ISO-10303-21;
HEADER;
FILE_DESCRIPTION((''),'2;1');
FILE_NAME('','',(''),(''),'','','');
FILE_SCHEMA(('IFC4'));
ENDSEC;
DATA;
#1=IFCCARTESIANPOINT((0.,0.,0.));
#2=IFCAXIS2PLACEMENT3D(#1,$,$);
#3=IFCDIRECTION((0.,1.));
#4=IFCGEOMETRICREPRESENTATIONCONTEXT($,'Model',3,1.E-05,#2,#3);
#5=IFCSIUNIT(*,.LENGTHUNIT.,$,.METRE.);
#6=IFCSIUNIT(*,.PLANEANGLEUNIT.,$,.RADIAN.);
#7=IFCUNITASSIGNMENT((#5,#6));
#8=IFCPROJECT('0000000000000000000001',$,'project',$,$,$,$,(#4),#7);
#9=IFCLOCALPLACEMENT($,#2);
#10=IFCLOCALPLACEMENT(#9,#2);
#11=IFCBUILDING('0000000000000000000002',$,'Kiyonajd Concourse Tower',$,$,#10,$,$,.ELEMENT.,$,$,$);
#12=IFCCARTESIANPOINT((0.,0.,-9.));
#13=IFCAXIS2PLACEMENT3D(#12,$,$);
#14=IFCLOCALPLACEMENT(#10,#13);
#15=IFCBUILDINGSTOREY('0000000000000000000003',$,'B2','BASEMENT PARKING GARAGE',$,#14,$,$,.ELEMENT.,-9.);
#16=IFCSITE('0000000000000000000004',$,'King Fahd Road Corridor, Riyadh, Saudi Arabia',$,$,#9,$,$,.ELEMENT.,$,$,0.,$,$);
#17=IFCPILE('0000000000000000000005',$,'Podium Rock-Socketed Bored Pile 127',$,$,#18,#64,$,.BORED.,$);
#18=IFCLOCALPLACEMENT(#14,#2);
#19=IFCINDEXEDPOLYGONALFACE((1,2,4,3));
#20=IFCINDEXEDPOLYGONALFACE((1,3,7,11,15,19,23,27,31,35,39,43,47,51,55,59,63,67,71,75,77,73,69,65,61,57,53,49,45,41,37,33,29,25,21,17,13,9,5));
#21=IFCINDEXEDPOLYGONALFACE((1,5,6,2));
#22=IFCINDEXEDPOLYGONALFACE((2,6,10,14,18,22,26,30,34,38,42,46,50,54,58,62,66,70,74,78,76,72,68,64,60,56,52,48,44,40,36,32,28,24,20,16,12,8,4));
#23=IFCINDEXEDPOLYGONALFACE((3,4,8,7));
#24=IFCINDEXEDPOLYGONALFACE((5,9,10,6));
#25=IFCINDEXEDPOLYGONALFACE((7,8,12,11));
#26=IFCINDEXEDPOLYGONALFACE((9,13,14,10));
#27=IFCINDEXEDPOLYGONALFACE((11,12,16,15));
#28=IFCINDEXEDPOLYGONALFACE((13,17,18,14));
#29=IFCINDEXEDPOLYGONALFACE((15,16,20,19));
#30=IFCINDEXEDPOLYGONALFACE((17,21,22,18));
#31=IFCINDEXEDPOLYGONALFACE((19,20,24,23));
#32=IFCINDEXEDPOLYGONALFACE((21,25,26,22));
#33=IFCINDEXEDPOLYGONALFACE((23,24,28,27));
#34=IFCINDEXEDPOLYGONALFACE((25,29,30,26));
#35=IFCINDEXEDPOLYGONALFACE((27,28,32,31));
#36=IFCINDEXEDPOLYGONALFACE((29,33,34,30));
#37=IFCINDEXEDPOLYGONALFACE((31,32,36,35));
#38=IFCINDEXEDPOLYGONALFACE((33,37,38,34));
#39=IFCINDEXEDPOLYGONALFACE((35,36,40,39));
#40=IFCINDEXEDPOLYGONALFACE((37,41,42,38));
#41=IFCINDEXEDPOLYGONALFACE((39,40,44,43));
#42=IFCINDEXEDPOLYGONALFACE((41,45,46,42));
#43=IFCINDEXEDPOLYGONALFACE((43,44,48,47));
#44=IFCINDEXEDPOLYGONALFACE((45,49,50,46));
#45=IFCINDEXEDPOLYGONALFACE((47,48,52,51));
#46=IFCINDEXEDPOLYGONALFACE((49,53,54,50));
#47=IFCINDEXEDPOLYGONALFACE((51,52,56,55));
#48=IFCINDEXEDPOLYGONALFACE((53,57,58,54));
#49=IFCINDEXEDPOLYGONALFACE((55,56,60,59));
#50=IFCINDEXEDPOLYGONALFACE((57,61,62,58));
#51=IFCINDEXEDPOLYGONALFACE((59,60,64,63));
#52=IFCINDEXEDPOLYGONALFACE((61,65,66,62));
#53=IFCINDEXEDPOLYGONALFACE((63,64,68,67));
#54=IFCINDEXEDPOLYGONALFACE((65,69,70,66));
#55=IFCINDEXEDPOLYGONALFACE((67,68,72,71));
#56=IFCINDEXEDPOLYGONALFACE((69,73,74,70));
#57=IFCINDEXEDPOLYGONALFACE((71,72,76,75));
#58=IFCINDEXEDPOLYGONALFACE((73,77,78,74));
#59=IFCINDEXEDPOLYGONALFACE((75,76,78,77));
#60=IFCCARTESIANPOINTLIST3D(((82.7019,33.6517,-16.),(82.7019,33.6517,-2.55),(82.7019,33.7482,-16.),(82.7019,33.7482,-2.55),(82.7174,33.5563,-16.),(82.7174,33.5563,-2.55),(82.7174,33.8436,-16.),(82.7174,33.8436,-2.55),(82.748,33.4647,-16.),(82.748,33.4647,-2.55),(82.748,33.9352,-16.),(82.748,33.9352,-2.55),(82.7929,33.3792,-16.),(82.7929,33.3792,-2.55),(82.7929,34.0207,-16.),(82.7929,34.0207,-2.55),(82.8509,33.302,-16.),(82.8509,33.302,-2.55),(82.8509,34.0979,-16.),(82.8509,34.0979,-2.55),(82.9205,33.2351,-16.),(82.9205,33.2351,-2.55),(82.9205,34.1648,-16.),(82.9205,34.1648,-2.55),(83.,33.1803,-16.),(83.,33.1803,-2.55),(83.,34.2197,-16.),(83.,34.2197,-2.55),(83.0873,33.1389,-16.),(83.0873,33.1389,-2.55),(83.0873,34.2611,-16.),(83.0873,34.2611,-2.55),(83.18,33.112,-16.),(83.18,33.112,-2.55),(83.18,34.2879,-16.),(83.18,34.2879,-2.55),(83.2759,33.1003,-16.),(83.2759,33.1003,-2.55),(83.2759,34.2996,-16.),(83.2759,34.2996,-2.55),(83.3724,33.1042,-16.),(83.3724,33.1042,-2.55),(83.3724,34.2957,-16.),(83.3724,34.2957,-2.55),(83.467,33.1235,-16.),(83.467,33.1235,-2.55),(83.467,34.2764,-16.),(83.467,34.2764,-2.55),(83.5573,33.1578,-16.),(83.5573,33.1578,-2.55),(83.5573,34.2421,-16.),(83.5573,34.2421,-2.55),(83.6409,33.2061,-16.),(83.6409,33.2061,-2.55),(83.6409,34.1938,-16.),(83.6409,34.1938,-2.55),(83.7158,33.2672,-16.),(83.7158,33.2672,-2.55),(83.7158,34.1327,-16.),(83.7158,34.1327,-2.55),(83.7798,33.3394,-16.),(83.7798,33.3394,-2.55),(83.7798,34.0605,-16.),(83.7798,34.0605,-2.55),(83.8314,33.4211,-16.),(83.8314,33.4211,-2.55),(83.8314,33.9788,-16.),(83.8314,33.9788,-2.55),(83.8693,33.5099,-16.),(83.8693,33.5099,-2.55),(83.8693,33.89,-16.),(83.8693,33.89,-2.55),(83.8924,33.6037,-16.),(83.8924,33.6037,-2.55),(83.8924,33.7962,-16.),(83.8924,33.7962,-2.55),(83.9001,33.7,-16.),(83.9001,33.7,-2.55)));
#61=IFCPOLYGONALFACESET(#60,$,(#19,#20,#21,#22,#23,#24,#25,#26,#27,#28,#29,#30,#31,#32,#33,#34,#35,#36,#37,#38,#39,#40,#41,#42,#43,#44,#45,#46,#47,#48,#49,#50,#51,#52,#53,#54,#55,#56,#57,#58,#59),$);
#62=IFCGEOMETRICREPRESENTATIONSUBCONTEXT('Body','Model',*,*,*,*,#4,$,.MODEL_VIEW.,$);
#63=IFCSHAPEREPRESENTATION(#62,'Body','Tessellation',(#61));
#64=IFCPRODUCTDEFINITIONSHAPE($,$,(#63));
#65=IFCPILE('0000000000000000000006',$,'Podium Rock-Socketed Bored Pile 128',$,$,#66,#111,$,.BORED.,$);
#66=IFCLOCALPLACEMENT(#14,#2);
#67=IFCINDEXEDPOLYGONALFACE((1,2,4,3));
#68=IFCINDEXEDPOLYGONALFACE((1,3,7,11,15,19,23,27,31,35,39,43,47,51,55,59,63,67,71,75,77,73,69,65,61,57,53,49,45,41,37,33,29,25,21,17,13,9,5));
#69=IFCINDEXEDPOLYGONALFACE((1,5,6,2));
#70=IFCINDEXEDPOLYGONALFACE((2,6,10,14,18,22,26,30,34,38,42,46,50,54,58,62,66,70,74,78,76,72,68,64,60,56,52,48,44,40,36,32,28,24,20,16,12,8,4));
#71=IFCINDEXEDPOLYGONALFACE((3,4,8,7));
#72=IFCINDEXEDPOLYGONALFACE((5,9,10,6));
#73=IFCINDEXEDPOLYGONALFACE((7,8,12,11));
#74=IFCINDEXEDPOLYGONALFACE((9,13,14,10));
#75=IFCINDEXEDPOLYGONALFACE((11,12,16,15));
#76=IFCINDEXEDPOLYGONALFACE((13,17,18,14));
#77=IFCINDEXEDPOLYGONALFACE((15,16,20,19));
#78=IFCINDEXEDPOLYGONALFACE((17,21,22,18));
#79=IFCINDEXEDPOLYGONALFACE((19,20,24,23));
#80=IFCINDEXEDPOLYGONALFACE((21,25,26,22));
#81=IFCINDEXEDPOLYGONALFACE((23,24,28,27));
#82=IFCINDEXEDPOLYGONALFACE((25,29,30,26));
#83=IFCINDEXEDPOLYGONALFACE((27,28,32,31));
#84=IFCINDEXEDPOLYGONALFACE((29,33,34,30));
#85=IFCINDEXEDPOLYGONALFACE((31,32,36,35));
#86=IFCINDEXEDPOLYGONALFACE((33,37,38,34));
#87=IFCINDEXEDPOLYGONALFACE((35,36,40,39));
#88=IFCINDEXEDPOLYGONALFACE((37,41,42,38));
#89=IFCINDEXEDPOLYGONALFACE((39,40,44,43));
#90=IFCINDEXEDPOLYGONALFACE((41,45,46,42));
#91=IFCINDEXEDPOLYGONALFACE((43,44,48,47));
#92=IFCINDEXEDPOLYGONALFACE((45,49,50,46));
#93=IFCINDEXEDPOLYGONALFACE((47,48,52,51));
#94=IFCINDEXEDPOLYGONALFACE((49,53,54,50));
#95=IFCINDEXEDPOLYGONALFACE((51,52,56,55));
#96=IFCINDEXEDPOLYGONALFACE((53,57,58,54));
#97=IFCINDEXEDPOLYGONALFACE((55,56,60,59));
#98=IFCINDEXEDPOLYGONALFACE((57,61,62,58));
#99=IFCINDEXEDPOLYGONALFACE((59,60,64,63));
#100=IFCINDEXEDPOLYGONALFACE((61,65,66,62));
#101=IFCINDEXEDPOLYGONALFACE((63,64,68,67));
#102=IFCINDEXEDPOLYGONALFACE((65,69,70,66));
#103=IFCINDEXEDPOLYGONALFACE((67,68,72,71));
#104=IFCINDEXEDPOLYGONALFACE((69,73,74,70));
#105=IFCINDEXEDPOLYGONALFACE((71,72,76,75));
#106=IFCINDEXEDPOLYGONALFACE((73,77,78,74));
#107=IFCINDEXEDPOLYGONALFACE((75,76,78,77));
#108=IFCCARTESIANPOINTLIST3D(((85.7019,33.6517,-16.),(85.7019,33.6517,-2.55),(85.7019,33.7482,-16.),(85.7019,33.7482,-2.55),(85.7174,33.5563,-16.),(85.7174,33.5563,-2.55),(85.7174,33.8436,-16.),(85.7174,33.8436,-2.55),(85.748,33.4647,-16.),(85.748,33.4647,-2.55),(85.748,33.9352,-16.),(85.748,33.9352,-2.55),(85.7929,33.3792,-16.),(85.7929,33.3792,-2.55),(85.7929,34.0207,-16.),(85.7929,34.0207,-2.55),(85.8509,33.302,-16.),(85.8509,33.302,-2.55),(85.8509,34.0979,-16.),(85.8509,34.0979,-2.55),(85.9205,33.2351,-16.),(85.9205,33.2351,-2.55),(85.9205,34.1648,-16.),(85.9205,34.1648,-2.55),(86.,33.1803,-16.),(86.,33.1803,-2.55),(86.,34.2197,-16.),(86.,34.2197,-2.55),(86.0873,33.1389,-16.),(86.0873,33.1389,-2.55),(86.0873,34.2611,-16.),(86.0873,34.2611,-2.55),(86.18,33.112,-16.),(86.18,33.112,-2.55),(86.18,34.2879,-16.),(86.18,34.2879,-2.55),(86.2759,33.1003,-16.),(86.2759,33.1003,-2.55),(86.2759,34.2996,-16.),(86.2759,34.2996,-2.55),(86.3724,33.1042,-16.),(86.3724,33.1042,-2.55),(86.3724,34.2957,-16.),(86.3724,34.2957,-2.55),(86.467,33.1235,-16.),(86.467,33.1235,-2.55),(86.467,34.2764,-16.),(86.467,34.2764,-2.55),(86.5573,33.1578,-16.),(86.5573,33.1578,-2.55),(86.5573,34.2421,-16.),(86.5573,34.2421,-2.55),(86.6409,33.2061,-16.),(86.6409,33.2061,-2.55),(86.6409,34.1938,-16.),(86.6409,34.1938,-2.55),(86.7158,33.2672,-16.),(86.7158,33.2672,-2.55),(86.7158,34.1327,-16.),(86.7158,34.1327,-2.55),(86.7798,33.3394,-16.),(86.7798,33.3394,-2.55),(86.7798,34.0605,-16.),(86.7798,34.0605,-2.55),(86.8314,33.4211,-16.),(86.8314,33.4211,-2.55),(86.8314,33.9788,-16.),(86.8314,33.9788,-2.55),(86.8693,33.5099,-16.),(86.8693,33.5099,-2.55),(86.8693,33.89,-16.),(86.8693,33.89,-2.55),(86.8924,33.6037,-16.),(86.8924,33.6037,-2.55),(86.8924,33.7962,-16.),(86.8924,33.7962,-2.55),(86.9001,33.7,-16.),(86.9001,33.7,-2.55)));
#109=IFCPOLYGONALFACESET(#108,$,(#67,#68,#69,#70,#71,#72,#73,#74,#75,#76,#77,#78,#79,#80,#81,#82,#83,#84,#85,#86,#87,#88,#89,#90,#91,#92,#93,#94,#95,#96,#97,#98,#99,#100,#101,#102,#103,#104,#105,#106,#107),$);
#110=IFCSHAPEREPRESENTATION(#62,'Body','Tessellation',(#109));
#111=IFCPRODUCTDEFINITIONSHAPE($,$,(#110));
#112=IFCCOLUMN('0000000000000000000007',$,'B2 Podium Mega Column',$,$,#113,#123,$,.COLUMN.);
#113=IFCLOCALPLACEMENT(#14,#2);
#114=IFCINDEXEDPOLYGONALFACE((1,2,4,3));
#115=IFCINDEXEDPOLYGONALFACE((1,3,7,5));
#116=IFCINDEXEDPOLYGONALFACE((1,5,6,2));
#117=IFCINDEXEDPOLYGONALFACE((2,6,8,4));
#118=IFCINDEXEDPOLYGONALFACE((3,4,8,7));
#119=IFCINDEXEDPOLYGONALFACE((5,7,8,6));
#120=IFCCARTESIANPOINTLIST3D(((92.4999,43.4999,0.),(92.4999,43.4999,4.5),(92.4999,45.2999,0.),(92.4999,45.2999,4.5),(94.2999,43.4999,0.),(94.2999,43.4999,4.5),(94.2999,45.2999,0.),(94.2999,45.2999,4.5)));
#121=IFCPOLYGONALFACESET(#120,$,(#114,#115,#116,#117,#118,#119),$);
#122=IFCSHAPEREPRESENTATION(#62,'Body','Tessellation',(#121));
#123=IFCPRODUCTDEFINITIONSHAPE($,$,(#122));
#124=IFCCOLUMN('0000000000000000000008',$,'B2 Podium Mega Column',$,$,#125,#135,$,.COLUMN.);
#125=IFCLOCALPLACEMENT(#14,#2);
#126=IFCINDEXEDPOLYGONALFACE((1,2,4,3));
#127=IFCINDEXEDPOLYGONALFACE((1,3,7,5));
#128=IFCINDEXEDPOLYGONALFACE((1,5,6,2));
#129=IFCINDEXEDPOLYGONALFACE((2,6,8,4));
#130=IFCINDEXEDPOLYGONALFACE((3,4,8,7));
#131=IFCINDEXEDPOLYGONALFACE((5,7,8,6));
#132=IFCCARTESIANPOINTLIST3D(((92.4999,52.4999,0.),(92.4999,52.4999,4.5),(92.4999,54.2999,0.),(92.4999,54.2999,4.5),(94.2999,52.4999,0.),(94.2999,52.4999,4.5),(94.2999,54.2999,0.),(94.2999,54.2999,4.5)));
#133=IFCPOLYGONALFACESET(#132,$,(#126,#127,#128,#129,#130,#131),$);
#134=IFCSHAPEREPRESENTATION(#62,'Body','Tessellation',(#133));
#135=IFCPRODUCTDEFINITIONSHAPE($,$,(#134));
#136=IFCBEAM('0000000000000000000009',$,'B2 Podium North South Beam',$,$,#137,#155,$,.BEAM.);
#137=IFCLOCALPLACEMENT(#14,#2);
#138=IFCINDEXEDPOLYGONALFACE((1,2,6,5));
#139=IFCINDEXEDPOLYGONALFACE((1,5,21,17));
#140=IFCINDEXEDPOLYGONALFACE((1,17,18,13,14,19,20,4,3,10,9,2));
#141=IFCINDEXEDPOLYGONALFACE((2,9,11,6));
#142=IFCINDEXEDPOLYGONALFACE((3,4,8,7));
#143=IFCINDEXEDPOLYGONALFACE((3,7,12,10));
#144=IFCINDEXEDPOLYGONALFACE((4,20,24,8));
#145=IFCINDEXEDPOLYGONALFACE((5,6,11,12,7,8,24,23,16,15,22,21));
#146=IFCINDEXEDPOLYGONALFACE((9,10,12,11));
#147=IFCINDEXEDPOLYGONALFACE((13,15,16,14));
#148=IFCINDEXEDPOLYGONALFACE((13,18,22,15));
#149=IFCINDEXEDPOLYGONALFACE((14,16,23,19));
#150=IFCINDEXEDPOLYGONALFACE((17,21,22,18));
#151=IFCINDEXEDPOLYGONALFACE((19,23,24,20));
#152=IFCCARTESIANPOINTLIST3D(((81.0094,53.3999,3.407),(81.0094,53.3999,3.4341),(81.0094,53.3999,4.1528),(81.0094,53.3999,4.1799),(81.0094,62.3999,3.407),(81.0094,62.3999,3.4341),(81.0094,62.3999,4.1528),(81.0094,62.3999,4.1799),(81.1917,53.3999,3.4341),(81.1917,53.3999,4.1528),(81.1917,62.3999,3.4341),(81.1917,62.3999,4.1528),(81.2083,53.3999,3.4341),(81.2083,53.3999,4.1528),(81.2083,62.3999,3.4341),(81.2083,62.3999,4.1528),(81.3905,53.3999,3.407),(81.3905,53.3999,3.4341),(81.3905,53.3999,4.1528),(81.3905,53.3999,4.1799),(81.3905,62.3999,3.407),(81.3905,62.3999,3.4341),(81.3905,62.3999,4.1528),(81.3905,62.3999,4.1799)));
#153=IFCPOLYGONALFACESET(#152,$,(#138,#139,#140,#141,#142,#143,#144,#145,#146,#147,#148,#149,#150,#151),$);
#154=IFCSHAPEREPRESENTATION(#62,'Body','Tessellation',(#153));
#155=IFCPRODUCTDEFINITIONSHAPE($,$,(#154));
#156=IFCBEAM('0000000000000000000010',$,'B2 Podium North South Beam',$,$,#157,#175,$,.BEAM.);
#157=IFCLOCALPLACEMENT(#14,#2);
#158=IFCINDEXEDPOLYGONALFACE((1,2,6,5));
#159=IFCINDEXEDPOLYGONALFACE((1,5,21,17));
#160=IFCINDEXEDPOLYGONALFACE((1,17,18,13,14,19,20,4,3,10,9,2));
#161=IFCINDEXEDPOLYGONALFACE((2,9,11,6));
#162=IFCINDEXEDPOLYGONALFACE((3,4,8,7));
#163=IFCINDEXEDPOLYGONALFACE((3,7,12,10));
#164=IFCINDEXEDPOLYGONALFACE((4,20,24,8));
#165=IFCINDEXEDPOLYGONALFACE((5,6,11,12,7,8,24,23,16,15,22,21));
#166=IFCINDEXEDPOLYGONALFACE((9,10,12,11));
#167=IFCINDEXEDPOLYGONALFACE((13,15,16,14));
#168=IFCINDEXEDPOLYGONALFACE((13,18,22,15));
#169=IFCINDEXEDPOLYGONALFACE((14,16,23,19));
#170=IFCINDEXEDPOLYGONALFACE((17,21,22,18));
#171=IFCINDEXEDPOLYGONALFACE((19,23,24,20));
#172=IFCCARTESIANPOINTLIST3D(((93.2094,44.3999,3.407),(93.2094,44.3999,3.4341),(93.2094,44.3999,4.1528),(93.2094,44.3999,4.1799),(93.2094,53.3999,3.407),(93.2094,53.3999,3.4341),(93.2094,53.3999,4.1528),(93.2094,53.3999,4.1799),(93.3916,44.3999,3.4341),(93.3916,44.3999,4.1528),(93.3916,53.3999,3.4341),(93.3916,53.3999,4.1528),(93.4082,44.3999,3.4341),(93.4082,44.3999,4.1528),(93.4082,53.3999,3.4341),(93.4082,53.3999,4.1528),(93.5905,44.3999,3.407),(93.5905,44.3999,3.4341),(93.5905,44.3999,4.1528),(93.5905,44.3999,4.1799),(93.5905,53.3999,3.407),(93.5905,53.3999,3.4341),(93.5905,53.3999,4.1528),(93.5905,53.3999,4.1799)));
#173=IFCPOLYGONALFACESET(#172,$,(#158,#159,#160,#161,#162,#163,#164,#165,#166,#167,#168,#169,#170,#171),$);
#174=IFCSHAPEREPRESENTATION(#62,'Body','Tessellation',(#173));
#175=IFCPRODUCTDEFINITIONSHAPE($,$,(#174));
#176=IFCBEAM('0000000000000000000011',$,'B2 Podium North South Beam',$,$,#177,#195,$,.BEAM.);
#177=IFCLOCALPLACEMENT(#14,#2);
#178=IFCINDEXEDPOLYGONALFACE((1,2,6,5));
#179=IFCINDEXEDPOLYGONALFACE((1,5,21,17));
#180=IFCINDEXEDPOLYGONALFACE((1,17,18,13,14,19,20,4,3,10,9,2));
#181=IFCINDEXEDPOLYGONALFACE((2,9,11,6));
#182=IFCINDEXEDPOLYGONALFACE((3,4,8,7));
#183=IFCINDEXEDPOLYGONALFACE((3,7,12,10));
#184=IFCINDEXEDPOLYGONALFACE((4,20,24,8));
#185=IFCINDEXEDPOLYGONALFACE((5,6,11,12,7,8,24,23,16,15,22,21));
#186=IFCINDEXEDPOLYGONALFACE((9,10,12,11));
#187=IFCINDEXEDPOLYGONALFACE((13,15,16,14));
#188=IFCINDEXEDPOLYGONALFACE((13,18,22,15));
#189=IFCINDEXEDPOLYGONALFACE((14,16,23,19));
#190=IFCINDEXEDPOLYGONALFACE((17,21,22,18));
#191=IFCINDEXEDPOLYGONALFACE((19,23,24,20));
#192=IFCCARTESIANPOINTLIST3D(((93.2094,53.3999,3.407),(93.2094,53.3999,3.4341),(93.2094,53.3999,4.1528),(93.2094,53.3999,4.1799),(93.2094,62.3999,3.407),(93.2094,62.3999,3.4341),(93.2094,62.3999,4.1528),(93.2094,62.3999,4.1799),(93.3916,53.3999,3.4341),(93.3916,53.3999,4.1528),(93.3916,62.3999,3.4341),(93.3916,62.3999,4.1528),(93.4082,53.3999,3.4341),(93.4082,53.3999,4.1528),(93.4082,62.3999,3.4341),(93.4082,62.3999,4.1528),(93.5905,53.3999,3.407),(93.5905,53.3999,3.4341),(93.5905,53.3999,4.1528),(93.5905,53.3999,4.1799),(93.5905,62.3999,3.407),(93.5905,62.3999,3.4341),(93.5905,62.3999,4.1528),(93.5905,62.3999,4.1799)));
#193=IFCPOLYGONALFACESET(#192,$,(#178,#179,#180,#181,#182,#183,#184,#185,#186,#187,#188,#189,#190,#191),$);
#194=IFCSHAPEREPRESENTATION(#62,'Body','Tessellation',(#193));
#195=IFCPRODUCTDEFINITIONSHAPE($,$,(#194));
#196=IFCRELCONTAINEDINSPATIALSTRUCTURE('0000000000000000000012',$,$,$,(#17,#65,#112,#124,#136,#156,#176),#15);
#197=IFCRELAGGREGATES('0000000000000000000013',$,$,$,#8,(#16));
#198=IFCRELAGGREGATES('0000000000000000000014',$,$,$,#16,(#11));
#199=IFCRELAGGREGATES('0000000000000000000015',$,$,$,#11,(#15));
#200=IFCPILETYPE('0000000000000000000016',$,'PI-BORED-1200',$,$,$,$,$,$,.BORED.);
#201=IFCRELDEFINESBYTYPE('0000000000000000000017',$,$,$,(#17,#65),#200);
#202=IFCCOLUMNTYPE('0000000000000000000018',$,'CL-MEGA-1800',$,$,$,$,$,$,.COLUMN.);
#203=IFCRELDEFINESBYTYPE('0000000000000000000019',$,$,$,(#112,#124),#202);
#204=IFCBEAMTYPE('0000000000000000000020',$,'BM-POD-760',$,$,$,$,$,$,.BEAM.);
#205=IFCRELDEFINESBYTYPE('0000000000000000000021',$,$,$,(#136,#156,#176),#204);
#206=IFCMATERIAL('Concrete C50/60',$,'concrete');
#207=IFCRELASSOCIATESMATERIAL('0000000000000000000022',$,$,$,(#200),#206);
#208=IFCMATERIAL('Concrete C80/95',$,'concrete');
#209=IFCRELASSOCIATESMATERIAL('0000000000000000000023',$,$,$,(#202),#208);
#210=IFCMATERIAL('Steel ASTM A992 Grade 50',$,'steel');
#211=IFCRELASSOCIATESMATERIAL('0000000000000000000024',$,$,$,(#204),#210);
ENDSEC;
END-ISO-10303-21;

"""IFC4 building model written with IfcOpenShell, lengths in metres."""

from ifc_helpers import new_model, si_unit, direction, frame, origin, origin_2d, place, context, subcontext, project, spatial, rectangle, circle, i_section, extrude, material, material_profile, profile_set, type_object, element, save


model = new_model("IFC4")

# Units and contexts
model_context = context("Model", 3, precision=1e-05, world=origin(), true_north=direction((0.0, 1.0)))
body_context = subcontext(model_context, "Body", "Model", "MODEL_VIEW")
ifc_project = project(units=[si_unit("LENGTHUNIT", "METRE"), si_unit("PLANEANGLEUNIT", "RADIAN")], contexts=[model_context])

# Site, building, storey
site_placement = place(None, origin())
site = spatial("IfcSite", under=ifc_project, at=site_placement, Name="King Fahd Road Corridor, Riyadh, Saudi Arabia", CompositionType="ELEMENT", RefElevation=0.0)
building_placement = place(site_placement, origin())
building = spatial("IfcBuilding", under=site, at=building_placement, Name="Kiyonajd Concourse Tower", CompositionType="ELEMENT")
storey_placement = place(building_placement, frame((0.0, 0.0, -9.0)))
storey = spatial("IfcBuildingStorey", under=building, at=storey_placement, Name="B2", Description="BASEMENT PARKING GARAGE", CompositionType="ELEMENT", Elevation=-9.0)

# Shared definitions
ifc_material_1 = material(Name="Concrete C50/60", Category="concrete")

# Piles
ifc_material_profile_1 = material_profile(ifc_material_1, circle(Radius=0.6001, at=origin_2d()), Name="PILE-D1200")
ifc_profile_set_1 = profile_set([ifc_material_profile_1], Name="Concrete C50/60")
pile_type = type_object("IfcPileType", Name="PI-BORED-1200", PredefinedType="BORED", material=ifc_profile_set_1)
for number, where, z_axis, x_axis, name in (
    (1, (83.3, 33.7, -2.55), (0.0, 0.0, -1.0), (1.0, 0.0, 0.0), "Podium Rock-Socketed Bored Pile 127"),
    (2, (86.3, 33.7, -2.55), (0.0, 0.0, -1.0), (1.0, 0.0, 0.0), "Podium Rock-Socketed Bored Pile 128"),
):
    element("IfcPile", number, at=place(storey_placement, frame(where, z_axis=z_axis, x_axis=x_axis)), inside=storey, type_object=pile_type, Name=name, PredefinedType="BORED", context=body_context, shape_type="SweptSolid", body=[
        extrude(circle(Radius=0.6001, at=origin_2d()), origin(), (0.0, 0.0, 1.0), 13.45),
    ])

# Columns
ifc_material_2 = material(Name="Concrete C80/95", Category="concrete")
ifc_material_profile_2 = material_profile(ifc_material_2, rectangle(XDim=1.8, YDim=1.8, at=origin_2d()), Name="RC-1800x1800")
ifc_profile_set_2 = profile_set([ifc_material_profile_2], Name="Concrete C80/95")
column_type = type_object("IfcColumnType", Name="CL-MEGA-1800", PredefinedType="COLUMN", material=ifc_profile_set_2)
for number, where, z_axis, x_axis, name in (
    (3, (93.3999, 44.3999, 0.0), (0.0, 0.0, 1.0), (1.0, 0.0, 0.0), "B2 Podium Mega Column"),
    (4, (93.3999, 53.3999, 0.0), (0.0, 0.0, 1.0), (1.0, 0.0, 0.0), "B2 Podium Mega Column"),
):
    element("IfcColumn", number, at=place(storey_placement, frame(where, z_axis=z_axis, x_axis=x_axis)), inside=storey, type_object=column_type, Name=name, PredefinedType="COLUMN", context=body_context, shape_type="SweptSolid", body=[
        extrude(rectangle(XDim=1.8, YDim=1.8, at=origin_2d()), origin(), (0.0, 0.0, 1.0), 4.5),
    ])

# Beams
ifc_material_3 = material(Name="Steel ASTM A992 Grade 50", Category="steel")
ifc_material_profile_3 = material_profile(ifc_material_3, i_section(OverallWidth=0.3811, OverallDepth=0.7729, WebThickness=0.0166, FlangeThickness=0.0271, at=origin_2d()), Name="W760X257")
ifc_profile_set_3 = profile_set([ifc_material_profile_3], Name="Steel ASTM A992 Grade 50")
beam_type = type_object("IfcBeamType", Name="BM-POD-760", PredefinedType="BEAM", material=ifc_profile_set_3)
for number, where, z_axis, x_axis, name in (
    (5, (81.2, 53.3999, 3.7935), (0.0, 1.0, 0.0), (-1.0, 0.0, 0.0), "B2 Podium North South Beam"),
    (6, (93.3999, 44.3999, 3.7935), (0.0, 1.0, 0.0), (-1.0, 0.0, 0.0), "B2 Podium North South Beam"),
    (7, (93.3999, 53.3999, 3.7935), (0.0, 1.0, 0.0), (-1.0, 0.0, 0.0), "B2 Podium North South Beam"),
):
    element("IfcBeam", number, at=place(storey_placement, frame(where, z_axis=z_axis, x_axis=x_axis)), inside=storey, type_object=beam_type, Name=name, PredefinedType="BEAM", context=body_context, shape_type="SweptSolid", body=[
        extrude(i_section(OverallWidth=0.3811, OverallDepth=0.7729, WebThickness=0.0166, FlangeThickness=0.0271, at=origin_2d()), origin(), (0.0, 0.0, 1.0), 9.0),
    ])

save(model, "model.ifc")
